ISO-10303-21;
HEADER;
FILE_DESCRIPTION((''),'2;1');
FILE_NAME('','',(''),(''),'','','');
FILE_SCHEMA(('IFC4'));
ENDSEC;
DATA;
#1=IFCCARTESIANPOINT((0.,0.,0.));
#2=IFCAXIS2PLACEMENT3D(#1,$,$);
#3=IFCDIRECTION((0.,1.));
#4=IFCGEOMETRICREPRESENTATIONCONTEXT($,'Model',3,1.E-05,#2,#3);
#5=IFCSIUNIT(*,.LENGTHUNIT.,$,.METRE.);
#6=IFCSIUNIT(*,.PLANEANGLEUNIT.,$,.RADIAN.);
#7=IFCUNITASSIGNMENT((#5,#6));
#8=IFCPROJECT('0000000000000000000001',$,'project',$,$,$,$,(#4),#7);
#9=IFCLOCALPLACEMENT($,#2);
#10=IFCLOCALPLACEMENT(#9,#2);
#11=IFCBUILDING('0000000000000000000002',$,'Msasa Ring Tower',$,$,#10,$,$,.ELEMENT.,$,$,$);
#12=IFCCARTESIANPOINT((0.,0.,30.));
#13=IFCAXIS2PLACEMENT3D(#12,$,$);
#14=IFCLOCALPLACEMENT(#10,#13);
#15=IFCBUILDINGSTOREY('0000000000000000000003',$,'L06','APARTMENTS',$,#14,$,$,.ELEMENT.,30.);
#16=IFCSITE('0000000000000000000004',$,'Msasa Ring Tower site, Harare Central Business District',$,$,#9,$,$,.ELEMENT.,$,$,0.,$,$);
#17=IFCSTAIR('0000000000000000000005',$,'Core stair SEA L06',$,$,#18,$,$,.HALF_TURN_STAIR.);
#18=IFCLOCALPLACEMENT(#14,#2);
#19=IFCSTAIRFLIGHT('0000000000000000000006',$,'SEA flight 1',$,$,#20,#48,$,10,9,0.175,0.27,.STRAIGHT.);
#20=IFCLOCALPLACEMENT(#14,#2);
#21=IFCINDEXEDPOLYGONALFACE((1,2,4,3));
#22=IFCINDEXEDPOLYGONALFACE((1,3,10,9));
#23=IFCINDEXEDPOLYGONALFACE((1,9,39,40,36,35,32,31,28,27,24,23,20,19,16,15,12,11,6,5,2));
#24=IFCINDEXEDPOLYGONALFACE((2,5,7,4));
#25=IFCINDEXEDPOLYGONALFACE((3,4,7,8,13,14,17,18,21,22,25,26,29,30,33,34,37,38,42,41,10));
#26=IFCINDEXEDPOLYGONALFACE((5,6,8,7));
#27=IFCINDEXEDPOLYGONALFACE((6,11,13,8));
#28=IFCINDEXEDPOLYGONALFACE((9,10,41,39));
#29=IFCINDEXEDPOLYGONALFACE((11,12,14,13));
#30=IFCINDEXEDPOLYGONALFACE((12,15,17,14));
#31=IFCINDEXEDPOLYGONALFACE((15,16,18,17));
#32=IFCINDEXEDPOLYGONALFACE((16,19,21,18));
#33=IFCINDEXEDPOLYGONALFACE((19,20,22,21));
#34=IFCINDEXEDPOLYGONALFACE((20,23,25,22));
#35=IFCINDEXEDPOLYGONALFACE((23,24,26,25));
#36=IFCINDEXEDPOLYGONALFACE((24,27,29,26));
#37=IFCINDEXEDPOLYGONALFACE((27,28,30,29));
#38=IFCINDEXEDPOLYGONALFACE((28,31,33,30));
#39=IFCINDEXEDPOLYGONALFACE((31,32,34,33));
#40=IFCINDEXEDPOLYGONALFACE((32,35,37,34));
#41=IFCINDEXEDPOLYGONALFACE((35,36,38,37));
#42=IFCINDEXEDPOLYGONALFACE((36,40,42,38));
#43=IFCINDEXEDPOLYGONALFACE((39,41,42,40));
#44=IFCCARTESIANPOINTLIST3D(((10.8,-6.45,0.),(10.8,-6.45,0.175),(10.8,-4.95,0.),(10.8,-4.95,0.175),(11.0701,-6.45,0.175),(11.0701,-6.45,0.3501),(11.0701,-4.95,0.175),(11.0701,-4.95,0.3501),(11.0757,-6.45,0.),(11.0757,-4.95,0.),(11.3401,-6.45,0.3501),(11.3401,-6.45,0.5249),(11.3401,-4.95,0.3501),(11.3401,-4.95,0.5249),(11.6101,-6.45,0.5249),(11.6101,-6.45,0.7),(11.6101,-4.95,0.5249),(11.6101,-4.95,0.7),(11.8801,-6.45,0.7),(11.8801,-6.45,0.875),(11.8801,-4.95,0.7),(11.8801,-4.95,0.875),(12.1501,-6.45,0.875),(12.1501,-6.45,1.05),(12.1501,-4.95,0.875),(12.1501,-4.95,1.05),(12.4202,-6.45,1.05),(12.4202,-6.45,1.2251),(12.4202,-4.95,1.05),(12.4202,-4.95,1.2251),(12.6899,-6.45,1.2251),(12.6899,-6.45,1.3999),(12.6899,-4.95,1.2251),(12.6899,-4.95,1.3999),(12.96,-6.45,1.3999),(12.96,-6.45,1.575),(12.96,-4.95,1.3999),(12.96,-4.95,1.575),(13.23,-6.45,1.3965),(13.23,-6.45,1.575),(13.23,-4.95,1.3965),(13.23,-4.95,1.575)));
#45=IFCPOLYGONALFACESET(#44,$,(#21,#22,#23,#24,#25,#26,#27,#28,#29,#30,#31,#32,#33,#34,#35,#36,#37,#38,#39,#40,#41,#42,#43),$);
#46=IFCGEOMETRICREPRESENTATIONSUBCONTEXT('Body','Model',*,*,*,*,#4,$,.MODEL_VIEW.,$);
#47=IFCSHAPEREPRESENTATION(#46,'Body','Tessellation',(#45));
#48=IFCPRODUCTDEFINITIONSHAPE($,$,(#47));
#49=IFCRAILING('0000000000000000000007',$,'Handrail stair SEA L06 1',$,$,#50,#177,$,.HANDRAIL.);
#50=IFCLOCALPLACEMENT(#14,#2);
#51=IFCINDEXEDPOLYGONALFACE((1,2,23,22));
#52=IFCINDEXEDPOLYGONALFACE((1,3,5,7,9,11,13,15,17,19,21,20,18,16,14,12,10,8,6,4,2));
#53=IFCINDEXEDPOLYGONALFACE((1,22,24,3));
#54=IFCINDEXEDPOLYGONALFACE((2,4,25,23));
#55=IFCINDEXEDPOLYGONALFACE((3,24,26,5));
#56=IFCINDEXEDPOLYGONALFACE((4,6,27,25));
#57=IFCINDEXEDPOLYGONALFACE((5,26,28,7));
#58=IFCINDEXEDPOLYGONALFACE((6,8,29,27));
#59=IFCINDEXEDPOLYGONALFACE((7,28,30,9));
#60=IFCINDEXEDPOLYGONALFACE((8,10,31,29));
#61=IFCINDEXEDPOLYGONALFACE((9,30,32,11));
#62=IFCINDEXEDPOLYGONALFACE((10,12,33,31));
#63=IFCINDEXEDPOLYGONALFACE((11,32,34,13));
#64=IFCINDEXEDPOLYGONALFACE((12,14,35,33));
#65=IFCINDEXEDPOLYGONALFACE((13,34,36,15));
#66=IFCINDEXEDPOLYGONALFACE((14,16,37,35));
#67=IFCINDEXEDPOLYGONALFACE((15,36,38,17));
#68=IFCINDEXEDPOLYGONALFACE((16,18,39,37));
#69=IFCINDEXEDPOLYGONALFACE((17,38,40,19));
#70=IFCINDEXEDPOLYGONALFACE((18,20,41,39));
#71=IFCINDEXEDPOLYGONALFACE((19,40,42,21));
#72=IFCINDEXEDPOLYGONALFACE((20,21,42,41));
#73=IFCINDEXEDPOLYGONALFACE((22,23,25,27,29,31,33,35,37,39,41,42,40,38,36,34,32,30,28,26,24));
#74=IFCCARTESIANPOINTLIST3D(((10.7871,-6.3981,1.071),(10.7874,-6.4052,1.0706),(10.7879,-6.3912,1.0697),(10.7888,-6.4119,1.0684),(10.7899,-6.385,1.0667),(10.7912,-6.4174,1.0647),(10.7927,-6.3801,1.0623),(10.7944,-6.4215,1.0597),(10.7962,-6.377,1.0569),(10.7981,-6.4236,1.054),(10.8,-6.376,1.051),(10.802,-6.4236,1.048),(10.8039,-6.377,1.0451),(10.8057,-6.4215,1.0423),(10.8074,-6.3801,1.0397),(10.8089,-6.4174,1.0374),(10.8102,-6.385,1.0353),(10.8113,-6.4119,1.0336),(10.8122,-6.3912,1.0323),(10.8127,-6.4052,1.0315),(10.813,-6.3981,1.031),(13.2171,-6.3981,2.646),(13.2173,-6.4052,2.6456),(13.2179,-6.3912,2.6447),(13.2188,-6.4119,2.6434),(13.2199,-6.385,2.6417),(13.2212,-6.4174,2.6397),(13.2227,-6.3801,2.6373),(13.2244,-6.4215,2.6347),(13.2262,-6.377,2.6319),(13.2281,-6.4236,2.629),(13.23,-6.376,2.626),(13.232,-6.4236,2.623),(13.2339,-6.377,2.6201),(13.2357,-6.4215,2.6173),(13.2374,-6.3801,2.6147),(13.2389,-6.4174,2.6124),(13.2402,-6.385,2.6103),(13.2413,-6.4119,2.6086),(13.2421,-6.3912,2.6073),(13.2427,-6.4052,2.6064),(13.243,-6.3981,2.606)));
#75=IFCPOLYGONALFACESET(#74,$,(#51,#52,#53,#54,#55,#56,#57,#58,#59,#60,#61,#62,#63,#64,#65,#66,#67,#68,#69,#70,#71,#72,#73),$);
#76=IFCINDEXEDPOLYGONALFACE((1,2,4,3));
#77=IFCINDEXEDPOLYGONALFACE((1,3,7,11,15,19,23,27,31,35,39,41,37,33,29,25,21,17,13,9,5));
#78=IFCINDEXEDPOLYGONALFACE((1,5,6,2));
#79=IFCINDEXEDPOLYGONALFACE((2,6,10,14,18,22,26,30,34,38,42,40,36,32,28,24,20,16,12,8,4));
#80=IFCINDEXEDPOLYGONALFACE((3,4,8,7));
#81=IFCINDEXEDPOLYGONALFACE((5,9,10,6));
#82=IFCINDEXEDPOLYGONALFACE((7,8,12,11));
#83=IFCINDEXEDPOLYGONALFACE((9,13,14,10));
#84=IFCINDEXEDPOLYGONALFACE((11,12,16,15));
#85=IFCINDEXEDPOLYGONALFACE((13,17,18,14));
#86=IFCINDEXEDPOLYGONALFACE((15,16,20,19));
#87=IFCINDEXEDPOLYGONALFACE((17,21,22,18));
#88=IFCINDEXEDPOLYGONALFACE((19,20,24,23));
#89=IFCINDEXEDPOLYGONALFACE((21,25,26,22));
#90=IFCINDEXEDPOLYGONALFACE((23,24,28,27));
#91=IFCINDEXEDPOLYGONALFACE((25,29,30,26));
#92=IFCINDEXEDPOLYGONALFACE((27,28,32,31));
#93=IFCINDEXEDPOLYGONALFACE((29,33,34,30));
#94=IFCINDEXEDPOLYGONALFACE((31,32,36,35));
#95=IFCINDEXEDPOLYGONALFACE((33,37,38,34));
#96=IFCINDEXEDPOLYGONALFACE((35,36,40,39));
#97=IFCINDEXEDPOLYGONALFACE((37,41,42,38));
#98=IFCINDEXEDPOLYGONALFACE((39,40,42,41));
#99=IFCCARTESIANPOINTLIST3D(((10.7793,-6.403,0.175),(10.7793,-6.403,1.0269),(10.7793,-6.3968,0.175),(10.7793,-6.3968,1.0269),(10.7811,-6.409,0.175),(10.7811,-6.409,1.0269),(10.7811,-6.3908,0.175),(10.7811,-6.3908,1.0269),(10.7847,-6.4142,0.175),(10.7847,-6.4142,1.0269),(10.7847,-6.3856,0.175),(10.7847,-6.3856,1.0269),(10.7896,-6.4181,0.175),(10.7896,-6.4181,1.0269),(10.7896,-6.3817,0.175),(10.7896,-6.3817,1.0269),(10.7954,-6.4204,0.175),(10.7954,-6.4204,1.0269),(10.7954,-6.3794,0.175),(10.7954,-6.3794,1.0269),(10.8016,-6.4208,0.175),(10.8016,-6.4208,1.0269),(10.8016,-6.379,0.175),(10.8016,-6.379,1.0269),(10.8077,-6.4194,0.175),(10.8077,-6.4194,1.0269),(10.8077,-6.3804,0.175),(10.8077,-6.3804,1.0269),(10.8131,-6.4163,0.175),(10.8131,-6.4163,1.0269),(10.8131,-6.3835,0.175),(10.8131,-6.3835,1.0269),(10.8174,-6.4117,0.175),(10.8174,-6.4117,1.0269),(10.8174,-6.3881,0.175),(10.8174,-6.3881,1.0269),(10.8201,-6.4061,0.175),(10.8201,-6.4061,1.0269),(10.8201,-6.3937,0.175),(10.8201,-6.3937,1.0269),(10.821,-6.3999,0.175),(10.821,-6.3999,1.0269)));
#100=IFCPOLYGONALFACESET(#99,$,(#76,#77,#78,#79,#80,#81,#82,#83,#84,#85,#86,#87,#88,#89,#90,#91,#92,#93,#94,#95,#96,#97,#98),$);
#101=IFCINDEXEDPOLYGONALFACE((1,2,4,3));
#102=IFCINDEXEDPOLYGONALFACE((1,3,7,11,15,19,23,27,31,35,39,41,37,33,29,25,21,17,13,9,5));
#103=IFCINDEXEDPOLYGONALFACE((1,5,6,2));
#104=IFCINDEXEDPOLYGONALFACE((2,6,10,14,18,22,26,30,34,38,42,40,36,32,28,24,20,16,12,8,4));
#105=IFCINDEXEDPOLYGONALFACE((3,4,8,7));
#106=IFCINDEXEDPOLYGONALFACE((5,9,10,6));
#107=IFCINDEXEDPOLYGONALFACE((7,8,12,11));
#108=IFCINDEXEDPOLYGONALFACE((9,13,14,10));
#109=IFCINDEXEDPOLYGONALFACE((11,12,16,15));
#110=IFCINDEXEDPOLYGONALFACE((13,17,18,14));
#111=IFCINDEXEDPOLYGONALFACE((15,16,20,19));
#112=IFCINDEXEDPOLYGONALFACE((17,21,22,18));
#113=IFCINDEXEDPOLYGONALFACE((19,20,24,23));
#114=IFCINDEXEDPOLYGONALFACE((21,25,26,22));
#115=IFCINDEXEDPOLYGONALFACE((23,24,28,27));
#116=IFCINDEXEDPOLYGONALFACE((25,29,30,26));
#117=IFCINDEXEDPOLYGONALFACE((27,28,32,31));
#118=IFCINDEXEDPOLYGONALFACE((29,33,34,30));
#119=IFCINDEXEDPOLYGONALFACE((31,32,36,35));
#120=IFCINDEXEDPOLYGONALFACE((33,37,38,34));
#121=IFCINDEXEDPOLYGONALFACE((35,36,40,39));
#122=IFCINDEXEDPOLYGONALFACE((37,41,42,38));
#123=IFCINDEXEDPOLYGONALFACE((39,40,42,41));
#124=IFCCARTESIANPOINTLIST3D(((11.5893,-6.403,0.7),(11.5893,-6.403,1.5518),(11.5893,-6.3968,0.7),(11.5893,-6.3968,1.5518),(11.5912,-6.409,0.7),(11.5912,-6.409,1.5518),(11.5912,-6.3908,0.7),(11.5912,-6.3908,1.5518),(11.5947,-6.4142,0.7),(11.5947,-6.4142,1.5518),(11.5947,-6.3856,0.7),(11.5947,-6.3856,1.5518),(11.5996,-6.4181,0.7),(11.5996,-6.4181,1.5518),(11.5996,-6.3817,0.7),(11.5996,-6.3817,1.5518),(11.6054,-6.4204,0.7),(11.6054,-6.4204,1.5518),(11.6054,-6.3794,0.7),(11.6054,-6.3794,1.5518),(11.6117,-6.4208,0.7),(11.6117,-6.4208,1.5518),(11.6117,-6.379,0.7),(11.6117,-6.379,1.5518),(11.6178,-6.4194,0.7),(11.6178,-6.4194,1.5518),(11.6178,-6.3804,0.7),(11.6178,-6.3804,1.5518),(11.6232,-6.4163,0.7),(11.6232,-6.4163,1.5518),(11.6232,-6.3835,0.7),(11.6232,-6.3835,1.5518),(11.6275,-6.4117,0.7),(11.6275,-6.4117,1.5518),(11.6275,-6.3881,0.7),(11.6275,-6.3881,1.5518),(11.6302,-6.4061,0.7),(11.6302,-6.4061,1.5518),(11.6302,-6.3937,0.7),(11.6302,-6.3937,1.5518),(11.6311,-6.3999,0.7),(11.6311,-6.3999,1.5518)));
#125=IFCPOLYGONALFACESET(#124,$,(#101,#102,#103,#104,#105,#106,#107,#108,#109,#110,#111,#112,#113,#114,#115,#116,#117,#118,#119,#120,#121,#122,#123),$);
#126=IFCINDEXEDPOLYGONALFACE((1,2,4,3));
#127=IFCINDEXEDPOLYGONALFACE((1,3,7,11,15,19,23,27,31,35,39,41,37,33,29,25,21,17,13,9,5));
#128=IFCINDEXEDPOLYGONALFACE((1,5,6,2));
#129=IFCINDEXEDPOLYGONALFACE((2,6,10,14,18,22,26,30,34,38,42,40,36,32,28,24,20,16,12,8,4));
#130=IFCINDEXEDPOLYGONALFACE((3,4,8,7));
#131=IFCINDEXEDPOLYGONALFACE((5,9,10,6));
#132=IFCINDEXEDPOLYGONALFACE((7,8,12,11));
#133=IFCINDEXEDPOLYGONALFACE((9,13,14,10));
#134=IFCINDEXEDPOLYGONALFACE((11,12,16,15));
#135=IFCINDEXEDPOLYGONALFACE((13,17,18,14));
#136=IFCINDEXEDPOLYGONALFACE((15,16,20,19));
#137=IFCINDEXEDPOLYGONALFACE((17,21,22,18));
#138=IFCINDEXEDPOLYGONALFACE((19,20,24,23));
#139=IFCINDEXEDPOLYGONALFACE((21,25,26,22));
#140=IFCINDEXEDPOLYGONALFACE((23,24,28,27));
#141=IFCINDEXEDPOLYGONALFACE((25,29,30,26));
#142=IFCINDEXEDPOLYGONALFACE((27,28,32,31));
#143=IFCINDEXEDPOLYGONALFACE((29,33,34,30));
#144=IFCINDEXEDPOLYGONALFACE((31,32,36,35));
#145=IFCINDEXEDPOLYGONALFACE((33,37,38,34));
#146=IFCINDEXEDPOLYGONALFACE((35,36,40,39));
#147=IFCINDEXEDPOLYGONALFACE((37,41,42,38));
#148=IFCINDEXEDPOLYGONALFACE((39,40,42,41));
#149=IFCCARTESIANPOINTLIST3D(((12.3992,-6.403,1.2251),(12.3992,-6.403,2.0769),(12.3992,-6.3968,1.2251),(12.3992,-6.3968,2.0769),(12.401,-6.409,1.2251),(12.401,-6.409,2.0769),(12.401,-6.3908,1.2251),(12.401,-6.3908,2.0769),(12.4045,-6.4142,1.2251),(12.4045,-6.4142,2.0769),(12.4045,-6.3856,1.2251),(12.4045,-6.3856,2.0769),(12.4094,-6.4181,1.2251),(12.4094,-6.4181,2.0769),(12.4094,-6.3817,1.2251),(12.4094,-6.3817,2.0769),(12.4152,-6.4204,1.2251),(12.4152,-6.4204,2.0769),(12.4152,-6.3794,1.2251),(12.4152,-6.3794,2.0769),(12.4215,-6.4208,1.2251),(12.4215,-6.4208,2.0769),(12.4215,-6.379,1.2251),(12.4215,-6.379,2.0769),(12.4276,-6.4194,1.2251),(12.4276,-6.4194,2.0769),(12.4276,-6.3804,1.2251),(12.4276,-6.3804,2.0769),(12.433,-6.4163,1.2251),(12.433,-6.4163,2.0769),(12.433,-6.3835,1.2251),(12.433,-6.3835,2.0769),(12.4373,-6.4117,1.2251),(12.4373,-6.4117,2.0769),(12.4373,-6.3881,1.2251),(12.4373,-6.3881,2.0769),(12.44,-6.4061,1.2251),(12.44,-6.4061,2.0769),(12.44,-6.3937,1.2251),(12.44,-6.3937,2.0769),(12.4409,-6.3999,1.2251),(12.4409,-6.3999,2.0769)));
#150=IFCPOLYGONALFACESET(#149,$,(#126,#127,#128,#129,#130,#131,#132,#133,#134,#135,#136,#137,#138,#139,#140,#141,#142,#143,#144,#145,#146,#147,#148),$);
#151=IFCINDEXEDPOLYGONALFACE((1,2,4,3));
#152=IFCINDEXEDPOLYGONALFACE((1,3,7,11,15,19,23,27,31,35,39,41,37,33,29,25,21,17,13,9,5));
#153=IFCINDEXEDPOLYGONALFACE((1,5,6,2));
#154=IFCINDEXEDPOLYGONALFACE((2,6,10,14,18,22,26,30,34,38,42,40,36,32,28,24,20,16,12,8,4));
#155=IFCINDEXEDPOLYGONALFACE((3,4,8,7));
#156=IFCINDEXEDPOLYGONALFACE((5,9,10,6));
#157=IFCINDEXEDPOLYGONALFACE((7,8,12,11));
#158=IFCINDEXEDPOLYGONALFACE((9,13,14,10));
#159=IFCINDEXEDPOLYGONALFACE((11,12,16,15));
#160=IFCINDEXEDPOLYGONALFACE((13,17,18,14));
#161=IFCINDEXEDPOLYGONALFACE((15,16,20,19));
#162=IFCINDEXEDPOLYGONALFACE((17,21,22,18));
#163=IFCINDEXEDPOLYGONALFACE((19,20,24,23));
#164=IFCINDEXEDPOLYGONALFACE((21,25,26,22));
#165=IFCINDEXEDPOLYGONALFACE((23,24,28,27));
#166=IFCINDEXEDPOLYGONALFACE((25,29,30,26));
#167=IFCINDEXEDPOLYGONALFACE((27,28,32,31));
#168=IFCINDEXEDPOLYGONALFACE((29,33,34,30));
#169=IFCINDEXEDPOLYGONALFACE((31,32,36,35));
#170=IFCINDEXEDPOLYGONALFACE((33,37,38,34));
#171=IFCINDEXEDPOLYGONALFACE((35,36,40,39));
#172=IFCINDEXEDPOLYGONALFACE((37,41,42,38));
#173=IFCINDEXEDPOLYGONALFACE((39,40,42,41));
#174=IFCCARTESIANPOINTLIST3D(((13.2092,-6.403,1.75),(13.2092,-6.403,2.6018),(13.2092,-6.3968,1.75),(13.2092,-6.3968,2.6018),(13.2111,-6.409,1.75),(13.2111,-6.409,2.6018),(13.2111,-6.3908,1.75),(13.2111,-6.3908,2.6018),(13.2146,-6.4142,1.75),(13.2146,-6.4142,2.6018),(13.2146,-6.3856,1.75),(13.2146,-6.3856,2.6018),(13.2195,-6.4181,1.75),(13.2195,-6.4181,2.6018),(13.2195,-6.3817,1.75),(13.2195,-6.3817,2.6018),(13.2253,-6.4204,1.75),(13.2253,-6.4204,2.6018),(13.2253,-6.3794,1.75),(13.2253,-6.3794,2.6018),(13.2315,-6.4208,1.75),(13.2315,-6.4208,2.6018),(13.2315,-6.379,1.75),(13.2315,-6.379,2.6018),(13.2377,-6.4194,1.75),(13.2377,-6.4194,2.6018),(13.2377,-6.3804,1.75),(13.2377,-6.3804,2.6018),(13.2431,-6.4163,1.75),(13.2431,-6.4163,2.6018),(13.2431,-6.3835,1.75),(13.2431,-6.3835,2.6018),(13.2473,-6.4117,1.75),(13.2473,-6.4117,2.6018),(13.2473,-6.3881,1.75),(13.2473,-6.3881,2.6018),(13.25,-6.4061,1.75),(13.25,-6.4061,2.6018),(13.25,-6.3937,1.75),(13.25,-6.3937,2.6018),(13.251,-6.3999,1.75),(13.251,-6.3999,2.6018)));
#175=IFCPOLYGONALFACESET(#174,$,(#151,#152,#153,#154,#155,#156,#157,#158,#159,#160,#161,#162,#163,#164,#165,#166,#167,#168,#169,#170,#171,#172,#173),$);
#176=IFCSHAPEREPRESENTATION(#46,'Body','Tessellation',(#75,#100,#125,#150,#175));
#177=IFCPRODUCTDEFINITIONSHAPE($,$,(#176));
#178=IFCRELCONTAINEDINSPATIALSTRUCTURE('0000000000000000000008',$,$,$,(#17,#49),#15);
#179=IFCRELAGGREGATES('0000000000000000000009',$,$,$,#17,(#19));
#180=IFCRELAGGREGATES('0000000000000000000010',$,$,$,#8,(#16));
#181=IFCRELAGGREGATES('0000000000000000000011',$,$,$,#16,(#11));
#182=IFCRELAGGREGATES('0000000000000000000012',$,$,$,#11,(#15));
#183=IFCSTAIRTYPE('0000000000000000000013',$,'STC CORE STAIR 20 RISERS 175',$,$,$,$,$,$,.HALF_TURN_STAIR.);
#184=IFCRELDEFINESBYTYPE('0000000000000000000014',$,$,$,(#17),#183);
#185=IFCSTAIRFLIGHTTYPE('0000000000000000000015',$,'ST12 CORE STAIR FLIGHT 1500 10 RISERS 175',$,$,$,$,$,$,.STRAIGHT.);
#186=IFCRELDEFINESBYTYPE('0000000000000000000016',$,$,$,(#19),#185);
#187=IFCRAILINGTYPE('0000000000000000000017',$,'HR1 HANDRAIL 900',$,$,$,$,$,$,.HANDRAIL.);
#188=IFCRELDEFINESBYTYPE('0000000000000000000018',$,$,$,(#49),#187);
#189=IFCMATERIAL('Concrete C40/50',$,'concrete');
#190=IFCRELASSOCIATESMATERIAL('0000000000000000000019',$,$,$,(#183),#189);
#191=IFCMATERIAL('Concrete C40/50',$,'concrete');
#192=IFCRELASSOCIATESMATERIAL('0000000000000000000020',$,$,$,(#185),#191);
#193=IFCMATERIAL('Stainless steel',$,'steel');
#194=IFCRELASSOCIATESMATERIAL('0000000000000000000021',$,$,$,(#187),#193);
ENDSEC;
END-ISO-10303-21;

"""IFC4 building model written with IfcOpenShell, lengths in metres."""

from ifc_helpers import new_model, si_unit, direction, frame, origin, origin_2d, place, context, subcontext, project, spatial, polyline, circle, outline, extrude, material, type_object, element, aggregate, save


model = new_model("IFC4")

# Units and contexts
model_context = context("Model", 3, precision=1e-05, world=origin(), true_north=direction((0.0, 1.0)))
body_context = subcontext(model_context, "Body", "Model", "MODEL_VIEW")
ifc_project = project(units=[si_unit("LENGTHUNIT", "METRE"), si_unit("PLANEANGLEUNIT", "RADIAN")], contexts=[model_context])

# Site, building, storey
site_placement = place(None, origin())
site = spatial("IfcSite", under=ifc_project, at=site_placement, Name="Msasa Ring Tower site, Harare Central Business District", CompositionType="ELEMENT", RefElevation=0.0)
building_placement = place(site_placement, origin())
building = spatial("IfcBuilding", under=site, at=building_placement, Name="Msasa Ring Tower", CompositionType="ELEMENT")
storey_placement = place(building_placement, frame((0.0, 0.0, 30.0)))
storey = spatial("IfcBuildingStorey", under=building, at=storey_placement, Name="L06", Description="APARTMENTS", CompositionType="ELEMENT", Elevation=30.0)

# Stair, stair flight
ifc_material_1 = material(Name="Concrete C40/50", Category="concrete")
stair_type = type_object("IfcStairType", Name="STC CORE STAIR 20 RISERS 175", PredefinedType="HALF_TURN_STAIR", material=ifc_material_1)
stair_placement = place(storey_placement, origin())
stair = element("IfcStair", 1, at=stair_placement, inside=storey, type_object=stair_type, Name="Core stair SEA L06", PredefinedType="HALF_TURN_STAIR")
ifc_material_2 = material(Name="Concrete C40/50", Category="concrete")
stair_flight_type = type_object("IfcStairFlightType", Name="ST12 CORE STAIR FLIGHT 1500 10 RISERS 175", PredefinedType="STRAIGHT", material=ifc_material_2)
stair_flight_placement = place(storey_placement, frame((10.8, -5.7, 0.0), z_axis=(0.0, 0.0, 1.0), x_axis=(1.0, 0.0, 0.0)))
stair_flight = element("IfcStairFlight", 2, at=stair_flight_placement, type_object=stair_flight_type, Name="SEA flight 1", NumberOfRisers=10, NumberOfTreads=9, PredefinedType="STRAIGHT", RiserHeight=0.175, TreadLength=0.27, context=body_context, shape_type="SweptSolid", body=[
    extrude(outline(polyline([(0.0, 0.0), (0.0, 0.175), (0.27, 0.175), (0.27, 0.3501), (0.54, 0.3501), (0.54, 0.5249), (0.8101, 0.5249), (0.8101, 0.7), (1.0801, 0.7), (1.0801, 0.875), (1.3501, 0.875), (1.3501, 1.05), (1.6201, 1.05), (1.6201, 1.2251), (1.8899, 1.2251), (1.8899, 1.3999), (2.1599, 1.3999), (2.1599, 1.575), (2.4299, 1.575), (2.4299, 1.75), (2.4299, 1.3965), (0.2756, 0.0), (0.0, 0.0)])), frame((0.0, 0.75, 0.0), z_axis=(0.0, -1.0, 0.0), x_axis=(1.0, 0.0, 0.0)), (0.0, 0.0, 1.0), 1.5),
])
aggregate(stair, [stair_flight])

# Railing
ifc_material_3 = material(Name="Stainless steel", Category="steel")
railing_type = type_object("IfcRailingType", Name="HR1 HANDRAIL 900", PredefinedType="HANDRAIL", material=ifc_material_3)
for number, where, name in (
    (3, (10.8, -6.3999, 0.175), "Handrail stair SEA L06 1"),
):
    element("IfcRailing", number, at=place(storey_placement, frame(where)), inside=storey, type_object=railing_type, Name=name, PredefinedType="HANDRAIL", context=body_context, shape_type="SweptSolid", body=[
        extrude(circle(Radius=0.0239, at=origin_2d()), frame((0.0, 0.0, 0.876), z_axis=(0.839154, 0.0, 0.543894), x_axis=(0.0, 1.0, 0.0)), (0.0, 0.0, 1.0), 2.8958),
        extrude(circle(Radius=0.021, at=origin_2d()), origin(), (0.0, 0.0, 1.0), 0.8518),
        extrude(circle(Radius=0.021, at=origin_2d()), frame((0.8101, 0.0, 0.5249)), (0.0, 0.0, 1.0), 0.8518),
        extrude(circle(Radius=0.021, at=origin_2d()), frame((1.6199, 0.0, 1.05)), (0.0, 0.0, 1.0), 0.8518),
        extrude(circle(Radius=0.021, at=origin_2d()), frame((2.4299, 0.0, 1.575)), (0.0, 0.0, 1.0), 0.8518),
    ])

save(model, "model.ifc")
